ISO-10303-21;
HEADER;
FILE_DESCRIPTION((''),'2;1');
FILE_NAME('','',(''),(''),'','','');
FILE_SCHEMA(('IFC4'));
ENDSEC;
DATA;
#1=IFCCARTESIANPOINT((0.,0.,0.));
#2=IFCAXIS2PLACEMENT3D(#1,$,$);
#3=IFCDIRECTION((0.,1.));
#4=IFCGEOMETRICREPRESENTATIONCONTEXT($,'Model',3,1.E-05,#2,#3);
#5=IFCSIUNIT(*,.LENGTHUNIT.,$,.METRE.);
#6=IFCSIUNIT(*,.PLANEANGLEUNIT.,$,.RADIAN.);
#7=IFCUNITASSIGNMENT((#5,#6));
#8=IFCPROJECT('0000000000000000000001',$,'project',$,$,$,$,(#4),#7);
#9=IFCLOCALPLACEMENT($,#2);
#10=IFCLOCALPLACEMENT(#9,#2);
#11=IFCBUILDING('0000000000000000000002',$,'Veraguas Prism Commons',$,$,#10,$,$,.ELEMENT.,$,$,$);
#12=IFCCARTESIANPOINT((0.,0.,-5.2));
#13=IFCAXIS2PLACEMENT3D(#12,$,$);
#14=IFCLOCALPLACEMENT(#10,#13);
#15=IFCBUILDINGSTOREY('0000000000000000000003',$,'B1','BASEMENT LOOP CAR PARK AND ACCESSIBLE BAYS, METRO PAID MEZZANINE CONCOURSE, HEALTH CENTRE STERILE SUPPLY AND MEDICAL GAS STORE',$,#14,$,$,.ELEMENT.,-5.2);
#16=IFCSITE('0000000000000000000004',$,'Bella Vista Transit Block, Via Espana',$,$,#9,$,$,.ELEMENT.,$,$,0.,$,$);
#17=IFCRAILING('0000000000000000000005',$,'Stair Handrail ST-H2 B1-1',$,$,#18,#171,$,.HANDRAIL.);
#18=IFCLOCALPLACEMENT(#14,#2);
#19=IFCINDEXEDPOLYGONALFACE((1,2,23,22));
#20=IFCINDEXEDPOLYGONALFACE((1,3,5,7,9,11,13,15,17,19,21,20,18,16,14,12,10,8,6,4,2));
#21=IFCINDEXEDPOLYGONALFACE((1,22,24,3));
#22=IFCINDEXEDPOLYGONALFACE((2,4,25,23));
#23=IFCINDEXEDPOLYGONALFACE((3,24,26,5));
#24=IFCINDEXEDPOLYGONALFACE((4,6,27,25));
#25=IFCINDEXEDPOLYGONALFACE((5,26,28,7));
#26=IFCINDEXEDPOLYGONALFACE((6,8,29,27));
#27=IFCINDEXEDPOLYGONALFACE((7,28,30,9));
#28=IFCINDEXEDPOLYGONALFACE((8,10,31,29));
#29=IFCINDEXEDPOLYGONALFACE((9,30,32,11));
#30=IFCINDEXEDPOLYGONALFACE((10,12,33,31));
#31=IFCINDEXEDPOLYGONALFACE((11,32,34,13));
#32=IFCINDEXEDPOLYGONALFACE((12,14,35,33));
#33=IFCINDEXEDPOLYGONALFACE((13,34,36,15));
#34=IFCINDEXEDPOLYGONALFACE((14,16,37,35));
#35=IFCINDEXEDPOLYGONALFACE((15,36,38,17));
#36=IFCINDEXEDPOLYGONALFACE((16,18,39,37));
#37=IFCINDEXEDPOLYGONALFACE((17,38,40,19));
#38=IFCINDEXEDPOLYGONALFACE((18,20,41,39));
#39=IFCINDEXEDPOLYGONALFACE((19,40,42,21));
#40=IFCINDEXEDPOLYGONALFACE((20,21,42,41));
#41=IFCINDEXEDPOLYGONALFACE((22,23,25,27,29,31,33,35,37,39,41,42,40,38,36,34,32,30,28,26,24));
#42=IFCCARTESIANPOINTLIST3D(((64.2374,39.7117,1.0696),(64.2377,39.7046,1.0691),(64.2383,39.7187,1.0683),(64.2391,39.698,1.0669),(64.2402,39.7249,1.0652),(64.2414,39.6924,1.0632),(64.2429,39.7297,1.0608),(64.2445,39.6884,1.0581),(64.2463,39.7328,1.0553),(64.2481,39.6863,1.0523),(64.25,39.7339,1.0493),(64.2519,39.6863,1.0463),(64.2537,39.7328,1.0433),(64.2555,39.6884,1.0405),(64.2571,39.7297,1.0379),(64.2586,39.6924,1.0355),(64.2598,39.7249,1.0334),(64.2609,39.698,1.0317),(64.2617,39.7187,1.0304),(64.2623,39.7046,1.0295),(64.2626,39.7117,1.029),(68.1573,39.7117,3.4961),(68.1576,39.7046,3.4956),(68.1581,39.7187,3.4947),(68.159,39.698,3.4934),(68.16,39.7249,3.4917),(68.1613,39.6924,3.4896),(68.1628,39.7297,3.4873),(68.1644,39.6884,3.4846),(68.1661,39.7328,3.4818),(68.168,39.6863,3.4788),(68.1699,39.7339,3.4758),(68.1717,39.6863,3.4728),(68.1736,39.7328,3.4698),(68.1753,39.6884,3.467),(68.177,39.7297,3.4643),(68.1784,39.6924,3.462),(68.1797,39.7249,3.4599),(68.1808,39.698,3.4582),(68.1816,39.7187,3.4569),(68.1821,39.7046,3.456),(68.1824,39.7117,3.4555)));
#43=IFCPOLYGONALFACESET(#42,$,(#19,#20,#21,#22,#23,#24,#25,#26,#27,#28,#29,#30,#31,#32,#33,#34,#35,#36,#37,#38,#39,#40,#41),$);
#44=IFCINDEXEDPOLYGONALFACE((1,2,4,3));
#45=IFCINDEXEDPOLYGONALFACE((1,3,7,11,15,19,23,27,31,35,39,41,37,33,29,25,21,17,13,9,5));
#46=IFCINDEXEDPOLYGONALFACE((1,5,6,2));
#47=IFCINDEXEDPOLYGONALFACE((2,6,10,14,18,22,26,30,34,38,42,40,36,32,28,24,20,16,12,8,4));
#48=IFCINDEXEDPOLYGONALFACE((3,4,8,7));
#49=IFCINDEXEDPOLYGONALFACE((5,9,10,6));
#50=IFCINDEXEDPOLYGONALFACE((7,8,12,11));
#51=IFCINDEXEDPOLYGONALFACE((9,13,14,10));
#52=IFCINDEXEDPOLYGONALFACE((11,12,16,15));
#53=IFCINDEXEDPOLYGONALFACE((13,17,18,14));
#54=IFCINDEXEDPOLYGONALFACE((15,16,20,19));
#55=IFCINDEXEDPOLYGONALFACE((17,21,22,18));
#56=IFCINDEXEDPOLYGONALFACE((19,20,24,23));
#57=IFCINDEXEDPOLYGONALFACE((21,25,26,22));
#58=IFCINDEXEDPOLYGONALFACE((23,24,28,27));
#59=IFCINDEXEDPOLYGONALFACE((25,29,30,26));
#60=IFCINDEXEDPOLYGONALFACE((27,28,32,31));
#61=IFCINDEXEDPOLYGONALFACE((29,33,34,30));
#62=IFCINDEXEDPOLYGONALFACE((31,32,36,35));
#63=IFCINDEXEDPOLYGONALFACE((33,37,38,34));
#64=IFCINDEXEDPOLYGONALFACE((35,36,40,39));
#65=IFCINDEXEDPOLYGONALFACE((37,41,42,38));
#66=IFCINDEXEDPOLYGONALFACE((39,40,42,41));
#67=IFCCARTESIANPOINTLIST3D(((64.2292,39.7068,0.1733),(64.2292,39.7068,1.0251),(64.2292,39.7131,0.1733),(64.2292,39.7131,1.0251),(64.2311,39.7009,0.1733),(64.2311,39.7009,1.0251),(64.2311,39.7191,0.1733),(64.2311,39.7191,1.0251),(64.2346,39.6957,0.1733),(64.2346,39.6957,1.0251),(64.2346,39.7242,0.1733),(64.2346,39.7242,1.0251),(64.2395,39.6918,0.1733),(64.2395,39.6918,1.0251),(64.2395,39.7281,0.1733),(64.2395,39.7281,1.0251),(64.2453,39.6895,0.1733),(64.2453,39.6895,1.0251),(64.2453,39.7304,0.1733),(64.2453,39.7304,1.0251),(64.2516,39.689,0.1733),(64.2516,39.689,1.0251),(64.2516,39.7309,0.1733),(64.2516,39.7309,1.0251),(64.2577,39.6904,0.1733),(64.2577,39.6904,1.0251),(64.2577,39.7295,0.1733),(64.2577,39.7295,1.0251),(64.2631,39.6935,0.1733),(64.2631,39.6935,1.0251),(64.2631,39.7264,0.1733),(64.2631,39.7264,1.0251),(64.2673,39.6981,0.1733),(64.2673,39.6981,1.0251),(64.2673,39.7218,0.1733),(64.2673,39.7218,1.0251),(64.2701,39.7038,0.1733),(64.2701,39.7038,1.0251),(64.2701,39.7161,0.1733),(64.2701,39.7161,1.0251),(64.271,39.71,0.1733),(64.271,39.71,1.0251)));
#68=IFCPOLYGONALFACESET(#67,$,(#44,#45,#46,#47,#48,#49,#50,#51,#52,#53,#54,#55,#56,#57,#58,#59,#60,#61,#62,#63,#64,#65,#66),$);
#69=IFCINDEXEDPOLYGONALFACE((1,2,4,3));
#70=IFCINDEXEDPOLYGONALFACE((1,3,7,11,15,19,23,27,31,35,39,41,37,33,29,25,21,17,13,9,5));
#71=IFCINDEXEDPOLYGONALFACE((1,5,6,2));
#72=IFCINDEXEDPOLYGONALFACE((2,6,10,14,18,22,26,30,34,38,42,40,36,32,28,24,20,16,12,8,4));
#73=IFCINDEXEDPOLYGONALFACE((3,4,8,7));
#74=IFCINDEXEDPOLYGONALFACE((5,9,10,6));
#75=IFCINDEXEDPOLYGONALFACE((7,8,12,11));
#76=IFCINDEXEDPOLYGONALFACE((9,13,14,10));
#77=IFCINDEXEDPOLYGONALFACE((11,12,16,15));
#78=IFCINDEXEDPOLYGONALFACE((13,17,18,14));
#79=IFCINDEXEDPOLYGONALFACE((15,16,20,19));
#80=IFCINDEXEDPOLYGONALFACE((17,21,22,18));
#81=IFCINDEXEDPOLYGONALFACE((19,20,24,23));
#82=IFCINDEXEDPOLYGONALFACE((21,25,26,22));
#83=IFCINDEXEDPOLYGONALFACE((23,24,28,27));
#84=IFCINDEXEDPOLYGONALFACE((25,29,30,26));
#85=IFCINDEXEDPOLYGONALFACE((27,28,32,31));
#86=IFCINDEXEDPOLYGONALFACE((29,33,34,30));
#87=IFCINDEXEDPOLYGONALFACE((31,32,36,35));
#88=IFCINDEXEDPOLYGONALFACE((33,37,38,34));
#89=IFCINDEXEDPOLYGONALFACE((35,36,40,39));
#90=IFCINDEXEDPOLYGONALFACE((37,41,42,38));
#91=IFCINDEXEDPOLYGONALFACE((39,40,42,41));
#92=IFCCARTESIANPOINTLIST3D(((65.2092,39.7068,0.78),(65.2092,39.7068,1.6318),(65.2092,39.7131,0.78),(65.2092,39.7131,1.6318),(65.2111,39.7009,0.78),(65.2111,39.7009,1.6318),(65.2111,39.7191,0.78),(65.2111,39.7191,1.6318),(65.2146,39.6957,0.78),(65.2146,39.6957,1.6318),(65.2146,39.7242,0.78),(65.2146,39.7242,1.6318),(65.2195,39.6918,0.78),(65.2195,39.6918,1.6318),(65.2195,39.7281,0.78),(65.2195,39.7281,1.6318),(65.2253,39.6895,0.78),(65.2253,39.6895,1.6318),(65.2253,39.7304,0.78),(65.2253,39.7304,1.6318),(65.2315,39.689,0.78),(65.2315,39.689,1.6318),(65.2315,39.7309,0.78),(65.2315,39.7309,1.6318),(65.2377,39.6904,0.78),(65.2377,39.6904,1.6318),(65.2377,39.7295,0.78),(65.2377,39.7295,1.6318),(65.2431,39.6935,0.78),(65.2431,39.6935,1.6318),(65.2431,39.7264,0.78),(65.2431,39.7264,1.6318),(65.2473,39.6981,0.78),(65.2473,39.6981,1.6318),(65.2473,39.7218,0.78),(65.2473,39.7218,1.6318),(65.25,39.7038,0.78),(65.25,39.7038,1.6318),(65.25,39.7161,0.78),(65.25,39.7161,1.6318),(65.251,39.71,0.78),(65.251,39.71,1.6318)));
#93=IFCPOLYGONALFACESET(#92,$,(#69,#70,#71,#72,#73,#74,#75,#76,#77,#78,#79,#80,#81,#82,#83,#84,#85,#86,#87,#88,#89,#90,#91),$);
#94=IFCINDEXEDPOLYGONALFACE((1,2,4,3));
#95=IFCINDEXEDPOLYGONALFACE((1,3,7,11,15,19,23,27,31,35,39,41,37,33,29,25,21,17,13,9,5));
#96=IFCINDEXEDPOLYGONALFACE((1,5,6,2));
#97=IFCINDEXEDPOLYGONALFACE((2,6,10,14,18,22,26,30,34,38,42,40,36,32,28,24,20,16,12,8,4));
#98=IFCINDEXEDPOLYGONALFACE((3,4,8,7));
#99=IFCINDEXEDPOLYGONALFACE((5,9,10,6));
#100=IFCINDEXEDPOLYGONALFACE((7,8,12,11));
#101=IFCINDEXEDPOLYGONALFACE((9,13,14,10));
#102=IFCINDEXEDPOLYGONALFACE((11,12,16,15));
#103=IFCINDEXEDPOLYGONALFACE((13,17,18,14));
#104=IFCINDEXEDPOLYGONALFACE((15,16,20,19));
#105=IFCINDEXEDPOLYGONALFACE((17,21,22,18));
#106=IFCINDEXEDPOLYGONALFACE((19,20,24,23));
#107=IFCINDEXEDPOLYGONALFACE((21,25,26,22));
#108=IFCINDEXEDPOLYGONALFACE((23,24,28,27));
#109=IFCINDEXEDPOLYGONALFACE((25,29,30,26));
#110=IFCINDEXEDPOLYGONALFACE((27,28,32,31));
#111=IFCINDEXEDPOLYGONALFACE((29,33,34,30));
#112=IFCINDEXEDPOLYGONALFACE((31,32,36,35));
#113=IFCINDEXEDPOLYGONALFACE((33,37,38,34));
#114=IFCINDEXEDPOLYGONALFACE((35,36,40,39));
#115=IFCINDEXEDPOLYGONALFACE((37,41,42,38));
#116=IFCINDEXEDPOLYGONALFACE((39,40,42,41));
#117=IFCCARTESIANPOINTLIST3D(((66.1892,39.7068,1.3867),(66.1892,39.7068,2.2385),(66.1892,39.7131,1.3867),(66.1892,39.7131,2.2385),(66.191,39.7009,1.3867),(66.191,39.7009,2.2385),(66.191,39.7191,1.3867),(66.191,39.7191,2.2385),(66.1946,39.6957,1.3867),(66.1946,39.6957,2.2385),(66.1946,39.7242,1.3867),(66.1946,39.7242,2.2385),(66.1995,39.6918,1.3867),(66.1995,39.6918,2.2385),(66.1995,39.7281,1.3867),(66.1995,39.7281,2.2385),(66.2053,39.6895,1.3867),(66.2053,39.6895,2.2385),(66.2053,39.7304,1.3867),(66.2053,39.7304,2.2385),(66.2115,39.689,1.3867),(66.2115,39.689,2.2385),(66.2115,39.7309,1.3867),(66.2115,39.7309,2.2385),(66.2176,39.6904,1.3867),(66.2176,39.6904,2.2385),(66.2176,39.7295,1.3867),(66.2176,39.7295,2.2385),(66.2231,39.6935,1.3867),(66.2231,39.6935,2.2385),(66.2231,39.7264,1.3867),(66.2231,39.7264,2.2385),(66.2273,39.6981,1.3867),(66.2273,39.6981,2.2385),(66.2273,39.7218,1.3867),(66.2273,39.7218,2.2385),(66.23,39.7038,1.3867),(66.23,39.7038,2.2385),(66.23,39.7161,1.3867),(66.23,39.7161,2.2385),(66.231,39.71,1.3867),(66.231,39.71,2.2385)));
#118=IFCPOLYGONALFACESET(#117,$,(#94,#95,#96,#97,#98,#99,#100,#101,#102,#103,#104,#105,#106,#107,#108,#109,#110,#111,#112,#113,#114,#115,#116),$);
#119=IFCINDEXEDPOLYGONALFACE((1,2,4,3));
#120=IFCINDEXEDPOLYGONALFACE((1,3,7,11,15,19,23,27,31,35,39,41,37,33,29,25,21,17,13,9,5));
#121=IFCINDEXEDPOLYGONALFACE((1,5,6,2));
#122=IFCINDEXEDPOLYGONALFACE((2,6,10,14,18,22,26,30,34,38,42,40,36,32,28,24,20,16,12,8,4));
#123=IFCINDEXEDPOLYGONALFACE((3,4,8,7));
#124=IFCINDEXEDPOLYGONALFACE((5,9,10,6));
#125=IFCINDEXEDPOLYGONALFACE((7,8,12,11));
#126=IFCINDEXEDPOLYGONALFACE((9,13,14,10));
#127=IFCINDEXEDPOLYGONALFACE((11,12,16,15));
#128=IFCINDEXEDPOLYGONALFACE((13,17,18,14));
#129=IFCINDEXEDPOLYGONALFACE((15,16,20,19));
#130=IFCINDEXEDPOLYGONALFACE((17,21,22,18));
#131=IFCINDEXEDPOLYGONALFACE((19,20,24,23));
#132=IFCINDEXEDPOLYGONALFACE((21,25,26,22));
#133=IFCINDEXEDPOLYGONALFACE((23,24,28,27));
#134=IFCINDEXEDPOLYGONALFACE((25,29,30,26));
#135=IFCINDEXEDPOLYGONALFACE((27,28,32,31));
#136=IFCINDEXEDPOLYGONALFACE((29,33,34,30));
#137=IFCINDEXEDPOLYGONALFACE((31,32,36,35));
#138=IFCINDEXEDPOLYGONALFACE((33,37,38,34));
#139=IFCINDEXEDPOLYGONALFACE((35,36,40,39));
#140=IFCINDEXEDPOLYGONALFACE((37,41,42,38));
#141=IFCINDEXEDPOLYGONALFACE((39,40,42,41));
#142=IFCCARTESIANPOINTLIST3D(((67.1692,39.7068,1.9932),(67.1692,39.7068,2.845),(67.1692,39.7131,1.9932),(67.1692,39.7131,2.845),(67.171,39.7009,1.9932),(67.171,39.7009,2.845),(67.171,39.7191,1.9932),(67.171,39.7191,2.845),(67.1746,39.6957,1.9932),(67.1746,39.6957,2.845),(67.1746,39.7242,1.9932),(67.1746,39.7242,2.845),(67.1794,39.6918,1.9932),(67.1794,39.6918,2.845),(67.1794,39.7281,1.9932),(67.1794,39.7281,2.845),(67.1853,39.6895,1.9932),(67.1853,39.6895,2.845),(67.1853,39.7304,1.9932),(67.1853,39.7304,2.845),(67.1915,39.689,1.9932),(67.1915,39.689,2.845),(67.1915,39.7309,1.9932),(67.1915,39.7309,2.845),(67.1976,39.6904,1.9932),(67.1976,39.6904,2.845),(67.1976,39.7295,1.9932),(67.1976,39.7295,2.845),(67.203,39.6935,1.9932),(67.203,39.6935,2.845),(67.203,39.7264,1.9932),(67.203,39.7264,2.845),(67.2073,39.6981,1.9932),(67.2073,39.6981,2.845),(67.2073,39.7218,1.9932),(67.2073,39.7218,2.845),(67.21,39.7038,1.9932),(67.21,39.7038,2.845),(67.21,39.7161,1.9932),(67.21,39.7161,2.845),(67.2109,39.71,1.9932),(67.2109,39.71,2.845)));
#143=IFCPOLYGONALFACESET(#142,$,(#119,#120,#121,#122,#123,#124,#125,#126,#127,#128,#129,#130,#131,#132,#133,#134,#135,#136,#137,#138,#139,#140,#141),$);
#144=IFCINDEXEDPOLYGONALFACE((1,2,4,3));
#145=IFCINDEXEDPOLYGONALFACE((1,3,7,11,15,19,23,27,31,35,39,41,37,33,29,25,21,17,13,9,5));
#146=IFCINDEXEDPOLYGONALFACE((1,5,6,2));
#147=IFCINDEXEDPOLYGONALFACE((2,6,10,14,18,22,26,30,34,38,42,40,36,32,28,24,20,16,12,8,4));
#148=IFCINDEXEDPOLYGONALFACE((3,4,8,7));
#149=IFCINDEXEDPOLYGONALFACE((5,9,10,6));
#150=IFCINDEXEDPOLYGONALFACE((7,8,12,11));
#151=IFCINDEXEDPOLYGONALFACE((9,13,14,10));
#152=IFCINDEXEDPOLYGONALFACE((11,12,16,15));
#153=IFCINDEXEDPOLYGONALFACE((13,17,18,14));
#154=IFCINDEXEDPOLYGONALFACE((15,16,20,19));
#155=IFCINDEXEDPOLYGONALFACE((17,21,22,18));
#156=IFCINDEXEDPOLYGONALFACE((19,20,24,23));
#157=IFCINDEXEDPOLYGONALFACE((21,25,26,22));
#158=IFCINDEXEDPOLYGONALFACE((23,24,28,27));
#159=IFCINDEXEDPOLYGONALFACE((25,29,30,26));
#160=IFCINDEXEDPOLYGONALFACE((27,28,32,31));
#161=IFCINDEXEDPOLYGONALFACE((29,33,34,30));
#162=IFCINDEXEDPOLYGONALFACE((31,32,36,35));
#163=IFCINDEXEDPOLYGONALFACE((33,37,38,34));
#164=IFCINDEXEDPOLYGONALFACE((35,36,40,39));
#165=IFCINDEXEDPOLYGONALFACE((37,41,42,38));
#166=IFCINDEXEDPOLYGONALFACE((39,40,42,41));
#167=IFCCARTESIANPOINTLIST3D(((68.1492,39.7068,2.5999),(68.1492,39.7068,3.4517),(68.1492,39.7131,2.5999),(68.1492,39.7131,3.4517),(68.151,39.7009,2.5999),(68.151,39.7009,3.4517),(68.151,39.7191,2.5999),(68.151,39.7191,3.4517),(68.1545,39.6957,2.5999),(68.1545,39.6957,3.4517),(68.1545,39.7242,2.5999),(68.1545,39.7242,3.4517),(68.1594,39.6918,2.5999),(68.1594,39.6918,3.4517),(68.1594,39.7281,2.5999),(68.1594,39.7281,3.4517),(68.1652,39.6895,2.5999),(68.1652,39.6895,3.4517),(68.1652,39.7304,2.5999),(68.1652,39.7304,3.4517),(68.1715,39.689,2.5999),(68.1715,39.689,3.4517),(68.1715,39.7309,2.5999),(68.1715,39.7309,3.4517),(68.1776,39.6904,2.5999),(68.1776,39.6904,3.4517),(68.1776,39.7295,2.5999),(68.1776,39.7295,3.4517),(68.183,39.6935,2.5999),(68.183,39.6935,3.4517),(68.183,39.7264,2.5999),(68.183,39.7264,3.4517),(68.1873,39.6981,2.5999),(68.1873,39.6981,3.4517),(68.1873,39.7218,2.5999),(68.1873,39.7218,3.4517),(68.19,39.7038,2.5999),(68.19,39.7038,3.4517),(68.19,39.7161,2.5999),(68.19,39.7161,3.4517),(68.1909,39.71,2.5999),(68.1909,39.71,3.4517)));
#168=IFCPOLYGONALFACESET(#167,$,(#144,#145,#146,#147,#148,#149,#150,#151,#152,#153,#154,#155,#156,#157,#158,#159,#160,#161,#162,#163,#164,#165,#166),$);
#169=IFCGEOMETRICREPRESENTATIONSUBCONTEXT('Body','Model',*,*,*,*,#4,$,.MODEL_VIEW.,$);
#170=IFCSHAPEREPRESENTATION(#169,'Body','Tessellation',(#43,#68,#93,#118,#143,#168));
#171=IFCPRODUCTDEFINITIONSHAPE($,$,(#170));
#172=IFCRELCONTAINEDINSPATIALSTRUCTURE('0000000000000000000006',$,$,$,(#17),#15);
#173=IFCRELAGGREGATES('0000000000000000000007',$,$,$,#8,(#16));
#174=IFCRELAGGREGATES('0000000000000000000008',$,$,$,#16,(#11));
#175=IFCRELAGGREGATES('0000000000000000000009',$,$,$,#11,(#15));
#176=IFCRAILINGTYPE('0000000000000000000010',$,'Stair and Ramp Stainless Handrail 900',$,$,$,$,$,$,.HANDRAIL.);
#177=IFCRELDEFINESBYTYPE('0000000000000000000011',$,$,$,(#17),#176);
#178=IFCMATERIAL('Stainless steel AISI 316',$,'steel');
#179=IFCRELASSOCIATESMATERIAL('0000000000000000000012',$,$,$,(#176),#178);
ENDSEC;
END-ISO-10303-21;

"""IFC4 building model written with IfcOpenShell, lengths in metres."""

from ifc_helpers import new_model, si_unit, direction, frame, origin, origin_2d, place, context, subcontext, project, spatial, circle, extrude, material, type_object, element, save


model = new_model("IFC4")

# Units and contexts
model_context = context("Model", 3, precision=1e-05, world=origin(), true_north=direction((0.0, 1.0)))
body_context = subcontext(model_context, "Body", "Model", "MODEL_VIEW")
ifc_project = project(units=[si_unit("LENGTHUNIT", "METRE"), si_unit("PLANEANGLEUNIT", "RADIAN")], contexts=[model_context])

# Site, building, storey
site_placement = place(None, origin())
site = spatial("IfcSite", under=ifc_project, at=site_placement, Name="Bella Vista Transit Block, Via Espana", CompositionType="ELEMENT", RefElevation=0.0)
building_placement = place(site_placement, origin())
building = spatial("IfcBuilding", under=site, at=building_placement, Name="Veraguas Prism Commons", CompositionType="ELEMENT")
storey_placement = place(building_placement, frame((0.0, 0.0, -5.2)))
storey = spatial("IfcBuildingStorey", under=building, at=storey_placement, Name="B1", Description="BASEMENT LOOP CAR PARK AND ACCESSIBLE BAYS, METRO PAID MEZZANINE CONCOURSE, HEALTH CENTRE STERILE SUPPLY AND MEDICAL GAS STORE", CompositionType="ELEMENT", Elevation=-5.2)

# Railing
ifc_material_1 = material(Name="Stainless steel AISI 316", Category="steel")
railing_type_1 = type_object("IfcRailingType", Name="Stair and Ramp Stainless Handrail 900", PredefinedType="HANDRAIL", material=ifc_material_1)
railing_1_placement = place(storey_placement, frame((64.25, 39.71, 0.1733)))
element("IfcRailing", 1, at=railing_1_placement, inside=storey, type_object=railing_type_1, Name="Stair Handrail ST-H2 B1-1", PredefinedType="HANDRAIL", context=body_context, shape_type="SweptSolid", body=[
    extrude(circle(Radius=0.0239, at=origin_2d()), frame((0.0, 0.0, 0.876), z_axis=(0.850275, 0.0, 0.526338), x_axis=(0.0, 1.0, 0.0)), (0.0, 0.0, 1.0), 4.6101),
    extrude(circle(Radius=0.021, at=origin_2d()), origin(), (0.0, 0.0, 1.0), 0.8518),
    extrude(circle(Radius=0.021, at=origin_2d()), frame((0.98, 0.0, 0.6067)), (0.0, 0.0, 1.0), 0.8518),
    extrude(circle(Radius=0.021, at=origin_2d()), frame((1.96, 0.0, 1.2134)), (0.0, 0.0, 1.0), 0.8518),
    extrude(circle(Radius=0.021, at=origin_2d()), frame((2.9399, 0.0, 1.8198)), (0.0, 0.0, 1.0), 0.8518),
    extrude(circle(Radius=0.021, at=origin_2d()), frame((3.9199, 0.0, 2.4265)), (0.0, 0.0, 1.0), 0.8518),
])

save(model, "model.ifc")
